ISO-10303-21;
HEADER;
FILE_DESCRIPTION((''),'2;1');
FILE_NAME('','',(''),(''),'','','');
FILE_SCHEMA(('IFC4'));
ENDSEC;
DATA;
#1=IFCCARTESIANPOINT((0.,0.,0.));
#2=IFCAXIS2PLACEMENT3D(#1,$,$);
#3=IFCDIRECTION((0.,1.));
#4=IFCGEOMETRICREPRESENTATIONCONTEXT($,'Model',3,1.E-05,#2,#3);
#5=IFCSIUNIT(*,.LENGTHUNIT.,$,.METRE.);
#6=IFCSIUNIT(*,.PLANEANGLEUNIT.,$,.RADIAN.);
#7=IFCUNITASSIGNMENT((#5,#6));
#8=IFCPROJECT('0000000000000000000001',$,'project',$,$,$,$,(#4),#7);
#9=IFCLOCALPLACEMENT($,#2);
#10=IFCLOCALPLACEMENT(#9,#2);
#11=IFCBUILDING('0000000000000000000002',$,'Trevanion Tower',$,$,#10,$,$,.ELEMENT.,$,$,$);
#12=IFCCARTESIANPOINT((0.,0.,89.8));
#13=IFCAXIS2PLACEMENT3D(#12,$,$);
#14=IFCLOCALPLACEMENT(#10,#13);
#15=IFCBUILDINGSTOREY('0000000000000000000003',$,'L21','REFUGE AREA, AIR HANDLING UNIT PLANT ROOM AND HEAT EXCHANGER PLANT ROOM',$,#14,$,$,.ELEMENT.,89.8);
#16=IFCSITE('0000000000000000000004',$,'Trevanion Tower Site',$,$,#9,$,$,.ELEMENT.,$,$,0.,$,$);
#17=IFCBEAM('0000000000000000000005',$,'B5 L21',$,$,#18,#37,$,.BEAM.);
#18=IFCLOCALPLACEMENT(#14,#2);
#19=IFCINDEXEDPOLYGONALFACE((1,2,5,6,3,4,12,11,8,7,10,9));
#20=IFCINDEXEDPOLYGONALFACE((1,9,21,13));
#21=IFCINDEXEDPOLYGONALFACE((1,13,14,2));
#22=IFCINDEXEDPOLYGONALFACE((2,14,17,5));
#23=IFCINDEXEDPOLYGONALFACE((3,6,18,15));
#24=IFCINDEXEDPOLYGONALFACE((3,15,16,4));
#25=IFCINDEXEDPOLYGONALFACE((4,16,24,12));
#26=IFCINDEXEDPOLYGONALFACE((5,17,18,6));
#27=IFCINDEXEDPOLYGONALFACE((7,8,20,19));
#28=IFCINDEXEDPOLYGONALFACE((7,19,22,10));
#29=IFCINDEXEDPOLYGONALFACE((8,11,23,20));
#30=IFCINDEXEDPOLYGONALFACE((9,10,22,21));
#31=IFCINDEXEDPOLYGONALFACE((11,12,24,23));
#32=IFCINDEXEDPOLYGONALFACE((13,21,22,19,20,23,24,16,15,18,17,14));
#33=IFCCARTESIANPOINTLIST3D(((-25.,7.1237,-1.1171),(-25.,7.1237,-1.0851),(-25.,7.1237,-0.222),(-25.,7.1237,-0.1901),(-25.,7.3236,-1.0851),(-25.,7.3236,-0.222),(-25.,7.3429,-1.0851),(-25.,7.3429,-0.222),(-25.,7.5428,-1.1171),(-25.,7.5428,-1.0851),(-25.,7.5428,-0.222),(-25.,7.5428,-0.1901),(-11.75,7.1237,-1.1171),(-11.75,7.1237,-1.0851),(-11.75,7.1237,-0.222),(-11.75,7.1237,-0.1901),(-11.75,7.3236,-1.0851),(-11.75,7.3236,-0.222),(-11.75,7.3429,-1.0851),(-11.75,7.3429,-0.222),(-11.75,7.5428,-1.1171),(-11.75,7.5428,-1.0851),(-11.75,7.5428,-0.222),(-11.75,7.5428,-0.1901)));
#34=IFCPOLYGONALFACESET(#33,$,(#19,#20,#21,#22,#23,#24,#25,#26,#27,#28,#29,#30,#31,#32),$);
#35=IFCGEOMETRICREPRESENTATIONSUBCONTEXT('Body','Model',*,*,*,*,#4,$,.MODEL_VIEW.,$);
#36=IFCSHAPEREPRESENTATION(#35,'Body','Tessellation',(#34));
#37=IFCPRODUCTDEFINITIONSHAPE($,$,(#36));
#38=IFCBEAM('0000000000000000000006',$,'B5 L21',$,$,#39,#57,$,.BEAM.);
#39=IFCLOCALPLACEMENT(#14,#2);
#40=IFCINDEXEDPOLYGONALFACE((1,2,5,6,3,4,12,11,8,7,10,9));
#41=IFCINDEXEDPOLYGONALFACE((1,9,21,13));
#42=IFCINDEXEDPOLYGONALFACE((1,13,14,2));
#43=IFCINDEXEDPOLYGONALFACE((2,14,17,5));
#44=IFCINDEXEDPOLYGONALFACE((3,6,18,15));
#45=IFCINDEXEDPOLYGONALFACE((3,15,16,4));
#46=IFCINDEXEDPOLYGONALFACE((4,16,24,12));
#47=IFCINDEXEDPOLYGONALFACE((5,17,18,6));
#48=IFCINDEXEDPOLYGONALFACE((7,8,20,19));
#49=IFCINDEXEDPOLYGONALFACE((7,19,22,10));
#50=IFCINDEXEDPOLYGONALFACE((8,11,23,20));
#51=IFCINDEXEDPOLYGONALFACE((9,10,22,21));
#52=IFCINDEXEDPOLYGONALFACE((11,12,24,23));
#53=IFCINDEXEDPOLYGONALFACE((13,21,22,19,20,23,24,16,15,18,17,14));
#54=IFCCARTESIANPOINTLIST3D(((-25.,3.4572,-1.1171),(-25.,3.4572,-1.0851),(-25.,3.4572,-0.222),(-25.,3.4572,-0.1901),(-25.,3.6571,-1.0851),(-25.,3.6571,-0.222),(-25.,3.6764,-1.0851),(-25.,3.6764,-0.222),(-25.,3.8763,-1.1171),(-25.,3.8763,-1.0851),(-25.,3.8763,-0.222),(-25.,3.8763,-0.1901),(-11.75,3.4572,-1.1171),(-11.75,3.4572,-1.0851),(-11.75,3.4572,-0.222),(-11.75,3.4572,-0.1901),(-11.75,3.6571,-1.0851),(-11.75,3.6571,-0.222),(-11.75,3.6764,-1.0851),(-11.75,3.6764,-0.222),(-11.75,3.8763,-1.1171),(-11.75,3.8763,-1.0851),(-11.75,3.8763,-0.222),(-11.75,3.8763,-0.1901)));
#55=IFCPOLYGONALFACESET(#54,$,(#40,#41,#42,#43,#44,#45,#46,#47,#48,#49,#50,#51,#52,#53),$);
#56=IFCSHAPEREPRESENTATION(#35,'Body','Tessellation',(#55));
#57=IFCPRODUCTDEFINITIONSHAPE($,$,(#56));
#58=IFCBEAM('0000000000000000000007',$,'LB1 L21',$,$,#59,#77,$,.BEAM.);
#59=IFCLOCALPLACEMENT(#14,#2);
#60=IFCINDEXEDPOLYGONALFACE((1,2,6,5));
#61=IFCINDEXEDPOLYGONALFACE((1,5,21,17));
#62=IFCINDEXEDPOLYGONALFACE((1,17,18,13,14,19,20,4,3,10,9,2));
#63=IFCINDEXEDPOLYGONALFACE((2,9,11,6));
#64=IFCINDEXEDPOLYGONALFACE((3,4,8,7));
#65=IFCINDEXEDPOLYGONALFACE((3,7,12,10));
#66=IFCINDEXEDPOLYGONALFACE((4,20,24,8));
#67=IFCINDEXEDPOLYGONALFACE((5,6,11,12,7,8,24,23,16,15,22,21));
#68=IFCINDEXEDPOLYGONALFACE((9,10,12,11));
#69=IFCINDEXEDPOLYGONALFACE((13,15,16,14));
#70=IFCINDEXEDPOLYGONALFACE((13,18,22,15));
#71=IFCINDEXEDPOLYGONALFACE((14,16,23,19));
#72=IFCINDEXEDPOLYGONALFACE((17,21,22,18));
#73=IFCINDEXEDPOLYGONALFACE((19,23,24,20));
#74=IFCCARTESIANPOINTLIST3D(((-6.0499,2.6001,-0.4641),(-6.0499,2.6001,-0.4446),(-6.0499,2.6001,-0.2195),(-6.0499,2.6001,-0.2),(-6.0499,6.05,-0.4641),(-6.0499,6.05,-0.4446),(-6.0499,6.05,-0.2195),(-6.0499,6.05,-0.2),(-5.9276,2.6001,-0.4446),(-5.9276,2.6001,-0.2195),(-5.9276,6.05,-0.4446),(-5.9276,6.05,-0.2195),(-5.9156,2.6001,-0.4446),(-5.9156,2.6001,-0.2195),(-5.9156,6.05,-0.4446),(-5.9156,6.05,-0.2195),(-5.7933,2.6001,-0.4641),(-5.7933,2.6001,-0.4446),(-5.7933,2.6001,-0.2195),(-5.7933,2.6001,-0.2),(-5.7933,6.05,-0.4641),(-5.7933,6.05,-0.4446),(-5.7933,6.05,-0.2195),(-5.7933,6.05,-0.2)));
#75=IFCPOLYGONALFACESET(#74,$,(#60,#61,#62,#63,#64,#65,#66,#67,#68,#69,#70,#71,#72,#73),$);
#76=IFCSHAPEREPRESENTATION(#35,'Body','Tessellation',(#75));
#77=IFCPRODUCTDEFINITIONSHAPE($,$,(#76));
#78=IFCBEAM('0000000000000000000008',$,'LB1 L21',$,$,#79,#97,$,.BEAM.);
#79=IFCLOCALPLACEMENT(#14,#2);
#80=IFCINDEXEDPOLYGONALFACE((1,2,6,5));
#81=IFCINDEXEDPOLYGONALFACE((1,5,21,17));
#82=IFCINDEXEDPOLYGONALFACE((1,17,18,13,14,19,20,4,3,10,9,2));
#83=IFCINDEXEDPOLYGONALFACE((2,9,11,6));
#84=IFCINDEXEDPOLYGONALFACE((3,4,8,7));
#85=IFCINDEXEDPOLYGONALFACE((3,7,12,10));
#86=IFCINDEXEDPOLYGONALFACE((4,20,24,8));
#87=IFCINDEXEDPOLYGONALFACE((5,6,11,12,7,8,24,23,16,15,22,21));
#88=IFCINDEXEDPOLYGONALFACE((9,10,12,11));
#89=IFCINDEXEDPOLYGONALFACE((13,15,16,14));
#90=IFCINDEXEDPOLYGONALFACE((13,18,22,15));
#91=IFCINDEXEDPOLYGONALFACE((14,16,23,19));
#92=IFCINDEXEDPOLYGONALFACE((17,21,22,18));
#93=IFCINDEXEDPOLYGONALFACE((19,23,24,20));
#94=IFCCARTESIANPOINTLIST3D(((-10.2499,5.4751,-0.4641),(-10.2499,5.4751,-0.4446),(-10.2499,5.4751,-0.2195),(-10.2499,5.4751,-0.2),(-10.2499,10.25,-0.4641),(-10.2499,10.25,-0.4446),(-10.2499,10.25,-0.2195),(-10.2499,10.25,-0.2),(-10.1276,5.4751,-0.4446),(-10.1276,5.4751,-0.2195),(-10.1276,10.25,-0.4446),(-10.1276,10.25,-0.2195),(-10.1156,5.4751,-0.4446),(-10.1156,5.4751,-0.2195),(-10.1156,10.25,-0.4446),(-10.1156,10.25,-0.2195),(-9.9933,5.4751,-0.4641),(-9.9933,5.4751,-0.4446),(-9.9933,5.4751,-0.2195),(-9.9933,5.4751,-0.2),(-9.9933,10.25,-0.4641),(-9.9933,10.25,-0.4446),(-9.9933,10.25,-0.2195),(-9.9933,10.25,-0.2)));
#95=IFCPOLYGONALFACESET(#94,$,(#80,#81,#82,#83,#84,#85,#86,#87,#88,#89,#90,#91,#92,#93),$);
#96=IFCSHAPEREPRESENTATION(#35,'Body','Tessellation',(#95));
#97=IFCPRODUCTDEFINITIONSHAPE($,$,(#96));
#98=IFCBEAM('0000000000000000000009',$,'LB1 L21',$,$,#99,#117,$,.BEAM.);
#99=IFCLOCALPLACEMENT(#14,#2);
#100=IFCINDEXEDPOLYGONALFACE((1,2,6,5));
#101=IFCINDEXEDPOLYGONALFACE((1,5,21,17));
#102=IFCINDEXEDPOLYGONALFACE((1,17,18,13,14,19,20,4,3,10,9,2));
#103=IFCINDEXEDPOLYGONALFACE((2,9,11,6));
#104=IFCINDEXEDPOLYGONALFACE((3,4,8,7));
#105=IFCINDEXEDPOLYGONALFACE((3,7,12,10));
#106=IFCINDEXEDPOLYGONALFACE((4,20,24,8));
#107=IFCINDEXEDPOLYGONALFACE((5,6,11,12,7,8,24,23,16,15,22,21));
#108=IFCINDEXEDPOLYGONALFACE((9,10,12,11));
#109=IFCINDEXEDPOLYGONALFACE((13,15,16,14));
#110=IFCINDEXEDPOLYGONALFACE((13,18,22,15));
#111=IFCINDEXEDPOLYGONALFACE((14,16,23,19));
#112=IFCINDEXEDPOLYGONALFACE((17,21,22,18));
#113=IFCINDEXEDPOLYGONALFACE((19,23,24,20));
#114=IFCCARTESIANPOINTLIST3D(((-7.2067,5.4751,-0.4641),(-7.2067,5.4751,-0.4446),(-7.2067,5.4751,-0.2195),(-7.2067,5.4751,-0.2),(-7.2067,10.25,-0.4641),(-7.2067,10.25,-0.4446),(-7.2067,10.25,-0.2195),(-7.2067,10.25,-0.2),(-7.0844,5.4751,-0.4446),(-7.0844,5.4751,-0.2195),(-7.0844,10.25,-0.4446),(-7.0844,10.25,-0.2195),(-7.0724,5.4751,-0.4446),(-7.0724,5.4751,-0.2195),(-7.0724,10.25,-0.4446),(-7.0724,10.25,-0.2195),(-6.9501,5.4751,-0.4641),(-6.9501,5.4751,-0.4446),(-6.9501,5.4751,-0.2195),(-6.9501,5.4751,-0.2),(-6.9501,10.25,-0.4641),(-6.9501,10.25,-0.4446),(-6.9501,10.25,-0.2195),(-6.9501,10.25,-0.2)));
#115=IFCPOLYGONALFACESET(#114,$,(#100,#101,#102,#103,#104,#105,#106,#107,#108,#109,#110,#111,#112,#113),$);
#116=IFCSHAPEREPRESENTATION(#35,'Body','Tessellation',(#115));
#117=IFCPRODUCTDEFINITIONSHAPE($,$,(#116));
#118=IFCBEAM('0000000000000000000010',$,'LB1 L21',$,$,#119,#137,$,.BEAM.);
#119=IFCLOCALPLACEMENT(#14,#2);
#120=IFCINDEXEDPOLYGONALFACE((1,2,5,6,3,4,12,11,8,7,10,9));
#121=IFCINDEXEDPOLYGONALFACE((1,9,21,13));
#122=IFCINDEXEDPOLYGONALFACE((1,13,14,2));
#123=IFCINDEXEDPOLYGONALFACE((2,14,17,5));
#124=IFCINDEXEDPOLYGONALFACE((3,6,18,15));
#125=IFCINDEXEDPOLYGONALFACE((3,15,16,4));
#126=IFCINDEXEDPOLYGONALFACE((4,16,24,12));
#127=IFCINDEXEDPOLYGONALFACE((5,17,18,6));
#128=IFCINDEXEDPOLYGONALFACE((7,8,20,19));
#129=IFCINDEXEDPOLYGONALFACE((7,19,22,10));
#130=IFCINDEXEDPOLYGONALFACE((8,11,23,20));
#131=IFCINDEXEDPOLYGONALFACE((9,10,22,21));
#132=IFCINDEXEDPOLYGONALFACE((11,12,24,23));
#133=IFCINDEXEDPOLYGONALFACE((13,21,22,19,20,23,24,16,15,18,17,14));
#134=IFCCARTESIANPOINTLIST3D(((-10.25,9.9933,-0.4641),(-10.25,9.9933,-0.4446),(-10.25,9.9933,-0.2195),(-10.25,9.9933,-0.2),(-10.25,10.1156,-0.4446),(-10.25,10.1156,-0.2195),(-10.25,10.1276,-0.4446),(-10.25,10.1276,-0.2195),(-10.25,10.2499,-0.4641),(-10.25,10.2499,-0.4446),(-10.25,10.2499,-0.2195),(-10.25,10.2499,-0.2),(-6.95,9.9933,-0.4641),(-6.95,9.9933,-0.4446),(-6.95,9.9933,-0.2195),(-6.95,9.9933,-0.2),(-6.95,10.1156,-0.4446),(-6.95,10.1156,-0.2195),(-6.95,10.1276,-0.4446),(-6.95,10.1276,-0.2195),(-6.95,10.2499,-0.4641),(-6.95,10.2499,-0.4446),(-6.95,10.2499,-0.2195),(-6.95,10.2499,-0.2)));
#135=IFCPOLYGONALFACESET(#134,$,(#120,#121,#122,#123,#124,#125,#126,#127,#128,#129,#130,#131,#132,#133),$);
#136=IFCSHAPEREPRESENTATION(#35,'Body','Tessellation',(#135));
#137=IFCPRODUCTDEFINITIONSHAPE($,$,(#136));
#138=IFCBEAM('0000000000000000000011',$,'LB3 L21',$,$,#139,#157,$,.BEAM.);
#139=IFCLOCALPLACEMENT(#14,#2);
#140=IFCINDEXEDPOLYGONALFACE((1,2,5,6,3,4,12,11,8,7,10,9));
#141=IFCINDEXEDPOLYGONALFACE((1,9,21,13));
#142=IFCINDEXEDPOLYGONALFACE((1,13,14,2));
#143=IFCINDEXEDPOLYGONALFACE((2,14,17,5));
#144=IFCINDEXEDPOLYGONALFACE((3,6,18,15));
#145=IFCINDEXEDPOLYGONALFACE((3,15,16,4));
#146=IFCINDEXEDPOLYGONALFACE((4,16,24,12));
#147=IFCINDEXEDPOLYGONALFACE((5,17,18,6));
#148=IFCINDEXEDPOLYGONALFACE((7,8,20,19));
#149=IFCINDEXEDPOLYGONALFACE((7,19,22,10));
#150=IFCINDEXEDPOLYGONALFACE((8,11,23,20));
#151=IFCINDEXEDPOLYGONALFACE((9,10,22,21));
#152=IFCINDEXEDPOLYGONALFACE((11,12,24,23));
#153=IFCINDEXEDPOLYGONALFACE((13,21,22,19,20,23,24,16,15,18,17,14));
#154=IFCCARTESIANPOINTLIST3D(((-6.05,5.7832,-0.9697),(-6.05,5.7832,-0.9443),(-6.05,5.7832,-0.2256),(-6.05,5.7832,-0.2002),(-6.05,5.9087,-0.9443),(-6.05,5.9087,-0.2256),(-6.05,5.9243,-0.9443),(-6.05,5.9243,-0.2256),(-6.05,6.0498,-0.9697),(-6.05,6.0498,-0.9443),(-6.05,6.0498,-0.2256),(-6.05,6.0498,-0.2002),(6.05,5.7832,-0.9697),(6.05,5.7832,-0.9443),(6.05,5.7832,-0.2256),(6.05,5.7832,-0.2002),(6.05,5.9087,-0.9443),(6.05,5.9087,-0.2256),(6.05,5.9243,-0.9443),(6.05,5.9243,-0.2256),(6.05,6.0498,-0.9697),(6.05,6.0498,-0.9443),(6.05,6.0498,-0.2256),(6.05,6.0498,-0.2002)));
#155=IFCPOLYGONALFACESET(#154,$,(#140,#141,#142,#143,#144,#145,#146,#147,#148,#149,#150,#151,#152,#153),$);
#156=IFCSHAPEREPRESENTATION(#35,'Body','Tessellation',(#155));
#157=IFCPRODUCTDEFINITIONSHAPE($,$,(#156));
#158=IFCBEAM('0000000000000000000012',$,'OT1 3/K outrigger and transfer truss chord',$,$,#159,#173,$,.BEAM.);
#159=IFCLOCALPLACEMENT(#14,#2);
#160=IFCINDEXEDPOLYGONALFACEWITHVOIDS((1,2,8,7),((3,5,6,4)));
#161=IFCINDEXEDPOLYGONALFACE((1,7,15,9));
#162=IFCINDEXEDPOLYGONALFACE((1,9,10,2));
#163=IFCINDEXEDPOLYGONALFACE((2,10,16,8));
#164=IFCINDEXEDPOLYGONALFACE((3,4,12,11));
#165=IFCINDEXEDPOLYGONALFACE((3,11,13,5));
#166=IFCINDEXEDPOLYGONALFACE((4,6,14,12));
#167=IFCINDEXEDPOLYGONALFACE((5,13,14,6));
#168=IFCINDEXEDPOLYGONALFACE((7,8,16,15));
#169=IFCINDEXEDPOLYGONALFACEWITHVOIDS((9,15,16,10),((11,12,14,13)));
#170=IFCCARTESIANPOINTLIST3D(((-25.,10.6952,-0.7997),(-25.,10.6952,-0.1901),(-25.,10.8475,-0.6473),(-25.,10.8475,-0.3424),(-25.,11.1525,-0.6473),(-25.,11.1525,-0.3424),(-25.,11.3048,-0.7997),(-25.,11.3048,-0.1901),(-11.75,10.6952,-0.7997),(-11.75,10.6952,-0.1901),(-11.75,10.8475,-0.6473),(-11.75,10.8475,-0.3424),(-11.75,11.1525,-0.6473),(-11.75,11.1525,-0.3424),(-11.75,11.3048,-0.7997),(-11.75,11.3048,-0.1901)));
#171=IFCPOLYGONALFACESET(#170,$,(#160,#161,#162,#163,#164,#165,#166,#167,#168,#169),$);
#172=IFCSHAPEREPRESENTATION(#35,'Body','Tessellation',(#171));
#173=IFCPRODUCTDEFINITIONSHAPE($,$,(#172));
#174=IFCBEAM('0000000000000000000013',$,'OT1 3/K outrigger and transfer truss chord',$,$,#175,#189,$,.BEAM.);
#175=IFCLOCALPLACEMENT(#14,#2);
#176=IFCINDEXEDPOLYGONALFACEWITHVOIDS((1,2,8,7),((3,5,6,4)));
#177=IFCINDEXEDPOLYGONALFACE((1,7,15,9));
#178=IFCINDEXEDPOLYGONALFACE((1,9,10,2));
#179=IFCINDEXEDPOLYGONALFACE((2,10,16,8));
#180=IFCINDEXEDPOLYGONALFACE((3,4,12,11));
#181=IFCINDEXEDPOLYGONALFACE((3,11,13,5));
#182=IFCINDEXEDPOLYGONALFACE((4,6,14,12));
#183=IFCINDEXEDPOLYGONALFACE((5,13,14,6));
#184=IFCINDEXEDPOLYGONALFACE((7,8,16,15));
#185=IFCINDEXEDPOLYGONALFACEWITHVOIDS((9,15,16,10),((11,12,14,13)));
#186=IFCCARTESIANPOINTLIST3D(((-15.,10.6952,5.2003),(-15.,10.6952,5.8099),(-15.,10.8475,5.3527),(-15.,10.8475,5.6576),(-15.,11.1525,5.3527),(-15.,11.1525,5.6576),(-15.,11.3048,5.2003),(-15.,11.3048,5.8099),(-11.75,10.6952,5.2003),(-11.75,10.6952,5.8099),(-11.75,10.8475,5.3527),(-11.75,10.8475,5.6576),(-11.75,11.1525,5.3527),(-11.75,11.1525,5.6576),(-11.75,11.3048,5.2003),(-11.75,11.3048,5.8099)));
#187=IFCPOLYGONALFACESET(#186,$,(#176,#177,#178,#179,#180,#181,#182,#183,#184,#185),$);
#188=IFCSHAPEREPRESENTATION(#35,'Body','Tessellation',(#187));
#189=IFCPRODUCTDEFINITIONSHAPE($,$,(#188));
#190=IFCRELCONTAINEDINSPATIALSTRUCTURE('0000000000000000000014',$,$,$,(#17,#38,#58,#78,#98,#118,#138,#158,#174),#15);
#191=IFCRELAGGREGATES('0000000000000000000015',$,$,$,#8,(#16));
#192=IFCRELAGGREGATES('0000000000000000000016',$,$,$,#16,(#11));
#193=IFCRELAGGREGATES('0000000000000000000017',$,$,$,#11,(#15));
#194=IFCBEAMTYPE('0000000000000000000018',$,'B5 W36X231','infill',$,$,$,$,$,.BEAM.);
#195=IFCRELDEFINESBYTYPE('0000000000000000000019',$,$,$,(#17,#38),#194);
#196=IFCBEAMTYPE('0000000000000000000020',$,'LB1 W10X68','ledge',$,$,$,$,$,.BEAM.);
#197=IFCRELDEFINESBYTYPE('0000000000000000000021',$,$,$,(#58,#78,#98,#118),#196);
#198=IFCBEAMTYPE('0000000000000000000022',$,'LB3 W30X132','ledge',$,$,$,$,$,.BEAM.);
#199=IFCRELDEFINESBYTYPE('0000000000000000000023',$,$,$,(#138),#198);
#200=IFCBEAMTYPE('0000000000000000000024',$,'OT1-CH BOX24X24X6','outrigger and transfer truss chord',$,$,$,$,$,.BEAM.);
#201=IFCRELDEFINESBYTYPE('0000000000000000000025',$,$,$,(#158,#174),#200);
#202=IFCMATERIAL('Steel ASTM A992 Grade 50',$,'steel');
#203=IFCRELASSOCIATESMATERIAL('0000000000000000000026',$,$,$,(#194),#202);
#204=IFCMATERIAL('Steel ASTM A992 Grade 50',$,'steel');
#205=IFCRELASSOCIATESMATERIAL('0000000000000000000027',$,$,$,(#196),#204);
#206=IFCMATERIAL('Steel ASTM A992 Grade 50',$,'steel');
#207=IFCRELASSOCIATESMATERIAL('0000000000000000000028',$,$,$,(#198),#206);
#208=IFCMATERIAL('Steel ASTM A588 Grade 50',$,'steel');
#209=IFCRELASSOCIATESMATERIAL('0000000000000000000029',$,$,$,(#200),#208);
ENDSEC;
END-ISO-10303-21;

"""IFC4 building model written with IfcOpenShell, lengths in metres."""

from ifc_helpers import new_model, si_unit, direction, frame, origin, origin_2d, place, context, subcontext, project, spatial, hollow_rectangle, i_section, extrude, material, material_profile, profile_set, type_object, element, save


model = new_model("IFC4")

# Units and contexts
model_context = context("Model", 3, precision=1e-05, world=origin(), true_north=direction((0.0, 1.0)))
body_context = subcontext(model_context, "Body", "Model", "MODEL_VIEW")
ifc_project = project(units=[si_unit("LENGTHUNIT", "METRE"), si_unit("PLANEANGLEUNIT", "RADIAN")], contexts=[model_context])

# Site, building, storey
site_placement = place(None, origin())
site = spatial("IfcSite", under=ifc_project, at=site_placement, Name="Trevanion Tower Site", CompositionType="ELEMENT", RefElevation=0.0)
building_placement = place(site_placement, origin())
building = spatial("IfcBuilding", under=site, at=building_placement, Name="Trevanion Tower", CompositionType="ELEMENT")
storey_placement = place(building_placement, frame((0.0, 0.0, 89.8)))
storey = spatial("IfcBuildingStorey", under=building, at=storey_placement, Name="L21", Description="REFUGE AREA, AIR HANDLING UNIT PLANT ROOM AND HEAT EXCHANGER PLANT ROOM", CompositionType="ELEMENT", Elevation=89.8)

# Beams
ifc_material_1 = material(Name="Steel ASTM A992 Grade 50", Category="steel")
ifc_material_profile_1 = material_profile(ifc_material_1, i_section(OverallWidth=0.4192, OverallDepth=0.927, WebThickness=0.0193, FlangeThickness=0.032, at=origin_2d()), Name="W36X231")
ifc_profile_set_1 = profile_set([ifc_material_profile_1], Name="Steel ASTM A992 Grade 50")
beam_type_1 = type_object("IfcBeamType", Name="B5 W36X231", Description="infill", PredefinedType="BEAM", material=ifc_profile_set_1)
for number, where, z_axis, x_axis, name in (
    (1, (-11.75, 7.3333, -0.6536), (-1.0, 0.0, 0.0), (0.0, -1.0, 0.0), "B5 L21"),
    (2, (-11.75, 3.6667, -0.6536), (-1.0, 0.0, 0.0), (0.0, -1.0, 0.0), "B5 L21"),
):
    element("IfcBeam", number, at=place(storey_placement, frame(where, z_axis=z_axis, x_axis=x_axis)), inside=storey, type_object=beam_type_1, Name=name, PredefinedType="BEAM", context=body_context, shape_type="SweptSolid", body=[
        extrude(i_section(OverallWidth=0.4192, OverallDepth=0.927, WebThickness=0.0193, FlangeThickness=0.032, at=origin_2d()), origin(), (0.0, 0.0, 1.0), 13.25),
    ])
ifc_material_2 = material(Name="Steel ASTM A992 Grade 50", Category="steel")
ifc_material_profile_2 = material_profile(ifc_material_2, i_section(OverallWidth=0.2566, OverallDepth=0.2642, WebThickness=0.012, FlangeThickness=0.0195, at=origin_2d()), Name="W10X68")
ifc_profile_set_2 = profile_set([ifc_material_profile_2], Name="Steel ASTM A992 Grade 50")
beam_type_2 = type_object("IfcBeamType", Name="LB1 W10X68", Description="ledge", PredefinedType="BEAM", material=ifc_profile_set_2)
beam_1_placement = place(storey_placement, frame((-5.9216, 2.6001, -0.332), z_axis=(0.0, 1.0, 0.0), x_axis=(-1.0, 0.0, 0.0)))
element("IfcBeam", 3, at=beam_1_placement, inside=storey, type_object=beam_type_2, Name="LB1 L21", PredefinedType="BEAM", context=body_context, shape_type="SweptSolid", body=[
    extrude(i_section(OverallWidth=0.2566, OverallDepth=0.2642, WebThickness=0.012, FlangeThickness=0.0195, at=origin_2d()), origin(), (0.0, 0.0, 1.0), 3.45),
])
for number, where, z_axis, x_axis, name in (
    (4, (-10.1216, 5.4751, -0.332), (0.0, 1.0, 0.0), (-1.0, 0.0, 0.0), "LB1 L21"),
    (5, (-7.0784, 5.4751, -0.332), (0.0, 1.0, 0.0), (-1.0, 0.0, 0.0), "LB1 L21"),
):
    element("IfcBeam", number, at=place(storey_placement, frame(where, z_axis=z_axis, x_axis=x_axis)), inside=storey, type_object=beam_type_2, Name=name, PredefinedType="BEAM", context=body_context, shape_type="SweptSolid", body=[
        extrude(i_section(OverallWidth=0.2566, OverallDepth=0.2642, WebThickness=0.012, FlangeThickness=0.0195, at=origin_2d()), origin(), (0.0, 0.0, 1.0), 4.7749),
    ])
beam_2_placement = place(storey_placement, frame((-10.25, 10.1216, -0.332), z_axis=(1.0, 0.0, 0.0), x_axis=(0.0, 1.0, 0.0)))
element("IfcBeam", 6, at=beam_2_placement, inside=storey, type_object=beam_type_2, Name="LB1 L21", PredefinedType="BEAM", context=body_context, shape_type="SweptSolid", body=[
    extrude(i_section(OverallWidth=0.2566, OverallDepth=0.2642, WebThickness=0.012, FlangeThickness=0.0195, at=origin_2d()), origin(), (0.0, 0.0, 1.0), 3.3),
])
ifc_material_3 = material(Name="Steel ASTM A992 Grade 50", Category="steel")
ifc_material_profile_3 = material_profile(ifc_material_3, i_section(OverallWidth=0.2666, OverallDepth=0.7695, WebThickness=0.0156, FlangeThickness=0.0254, at=origin_2d()), Name="W30X132")
ifc_profile_set_3 = profile_set([ifc_material_profile_3], Name="Steel ASTM A992 Grade 50")
beam_type_3 = type_object("IfcBeamType", Name="LB3 W30X132", Description="ledge", PredefinedType="BEAM", material=ifc_profile_set_3)
beam_3_placement = place(storey_placement, frame((-6.05, 5.9165, -0.585), z_axis=(1.0, 0.0, 0.0), x_axis=(0.0, 1.0, 0.0)))
element("IfcBeam", 7, at=beam_3_placement, inside=storey, type_object=beam_type_3, Name="LB3 L21", PredefinedType="BEAM", context=body_context, shape_type="SweptSolid", body=[
    extrude(i_section(OverallWidth=0.2666, OverallDepth=0.7695, WebThickness=0.0156, FlangeThickness=0.0254, at=origin_2d()), origin(), (0.0, 0.0, 1.0), 12.1001),
])
ifc_material_4 = material(Name="Steel ASTM A588 Grade 50", Category="steel")
ifc_material_profile_4 = material_profile(ifc_material_4, hollow_rectangle(XDim=0.6096, YDim=0.6096, WallThickness=0.1523, at=origin_2d()), Name="BOX24X24X6")
ifc_profile_set_4 = profile_set([ifc_material_profile_4], Name="Steel ASTM A588 Grade 50")
beam_type_4 = type_object("IfcBeamType", Name="OT1-CH BOX24X24X6", Description="outrigger and transfer truss chord", PredefinedType="BEAM", material=ifc_profile_set_4)
beam_4_placement = place(storey_placement, frame((-11.75, 11.0, -0.4949), z_axis=(-1.0, 0.0, 0.0), x_axis=(0.0, -1.0, 0.0)))
element("IfcBeam", 8, at=beam_4_placement, inside=storey, type_object=beam_type_4, Name="OT1 3/K outrigger and transfer truss chord", PredefinedType="BEAM", context=body_context, shape_type="SweptSolid", body=[
    extrude(hollow_rectangle(XDim=0.6096, YDim=0.6096, WallThickness=0.1523, at=origin_2d()), origin(), (0.0, 0.0, 1.0), 13.25),
])
beam_5_placement = place(storey_placement, frame((-11.75, 11.0, 5.5051), z_axis=(-1.0, 0.0, 0.0), x_axis=(0.0, -1.0, 0.0)))
element("IfcBeam", 9, at=beam_5_placement, inside=storey, type_object=beam_type_4, Name="OT1 3/K outrigger and transfer truss chord", PredefinedType="BEAM", context=body_context, shape_type="SweptSolid", body=[
    extrude(hollow_rectangle(XDim=0.6096, YDim=0.6096, WallThickness=0.1523, at=origin_2d()), origin(), (0.0, 0.0, 1.0), 3.25),
])

save(model, "model.ifc")
